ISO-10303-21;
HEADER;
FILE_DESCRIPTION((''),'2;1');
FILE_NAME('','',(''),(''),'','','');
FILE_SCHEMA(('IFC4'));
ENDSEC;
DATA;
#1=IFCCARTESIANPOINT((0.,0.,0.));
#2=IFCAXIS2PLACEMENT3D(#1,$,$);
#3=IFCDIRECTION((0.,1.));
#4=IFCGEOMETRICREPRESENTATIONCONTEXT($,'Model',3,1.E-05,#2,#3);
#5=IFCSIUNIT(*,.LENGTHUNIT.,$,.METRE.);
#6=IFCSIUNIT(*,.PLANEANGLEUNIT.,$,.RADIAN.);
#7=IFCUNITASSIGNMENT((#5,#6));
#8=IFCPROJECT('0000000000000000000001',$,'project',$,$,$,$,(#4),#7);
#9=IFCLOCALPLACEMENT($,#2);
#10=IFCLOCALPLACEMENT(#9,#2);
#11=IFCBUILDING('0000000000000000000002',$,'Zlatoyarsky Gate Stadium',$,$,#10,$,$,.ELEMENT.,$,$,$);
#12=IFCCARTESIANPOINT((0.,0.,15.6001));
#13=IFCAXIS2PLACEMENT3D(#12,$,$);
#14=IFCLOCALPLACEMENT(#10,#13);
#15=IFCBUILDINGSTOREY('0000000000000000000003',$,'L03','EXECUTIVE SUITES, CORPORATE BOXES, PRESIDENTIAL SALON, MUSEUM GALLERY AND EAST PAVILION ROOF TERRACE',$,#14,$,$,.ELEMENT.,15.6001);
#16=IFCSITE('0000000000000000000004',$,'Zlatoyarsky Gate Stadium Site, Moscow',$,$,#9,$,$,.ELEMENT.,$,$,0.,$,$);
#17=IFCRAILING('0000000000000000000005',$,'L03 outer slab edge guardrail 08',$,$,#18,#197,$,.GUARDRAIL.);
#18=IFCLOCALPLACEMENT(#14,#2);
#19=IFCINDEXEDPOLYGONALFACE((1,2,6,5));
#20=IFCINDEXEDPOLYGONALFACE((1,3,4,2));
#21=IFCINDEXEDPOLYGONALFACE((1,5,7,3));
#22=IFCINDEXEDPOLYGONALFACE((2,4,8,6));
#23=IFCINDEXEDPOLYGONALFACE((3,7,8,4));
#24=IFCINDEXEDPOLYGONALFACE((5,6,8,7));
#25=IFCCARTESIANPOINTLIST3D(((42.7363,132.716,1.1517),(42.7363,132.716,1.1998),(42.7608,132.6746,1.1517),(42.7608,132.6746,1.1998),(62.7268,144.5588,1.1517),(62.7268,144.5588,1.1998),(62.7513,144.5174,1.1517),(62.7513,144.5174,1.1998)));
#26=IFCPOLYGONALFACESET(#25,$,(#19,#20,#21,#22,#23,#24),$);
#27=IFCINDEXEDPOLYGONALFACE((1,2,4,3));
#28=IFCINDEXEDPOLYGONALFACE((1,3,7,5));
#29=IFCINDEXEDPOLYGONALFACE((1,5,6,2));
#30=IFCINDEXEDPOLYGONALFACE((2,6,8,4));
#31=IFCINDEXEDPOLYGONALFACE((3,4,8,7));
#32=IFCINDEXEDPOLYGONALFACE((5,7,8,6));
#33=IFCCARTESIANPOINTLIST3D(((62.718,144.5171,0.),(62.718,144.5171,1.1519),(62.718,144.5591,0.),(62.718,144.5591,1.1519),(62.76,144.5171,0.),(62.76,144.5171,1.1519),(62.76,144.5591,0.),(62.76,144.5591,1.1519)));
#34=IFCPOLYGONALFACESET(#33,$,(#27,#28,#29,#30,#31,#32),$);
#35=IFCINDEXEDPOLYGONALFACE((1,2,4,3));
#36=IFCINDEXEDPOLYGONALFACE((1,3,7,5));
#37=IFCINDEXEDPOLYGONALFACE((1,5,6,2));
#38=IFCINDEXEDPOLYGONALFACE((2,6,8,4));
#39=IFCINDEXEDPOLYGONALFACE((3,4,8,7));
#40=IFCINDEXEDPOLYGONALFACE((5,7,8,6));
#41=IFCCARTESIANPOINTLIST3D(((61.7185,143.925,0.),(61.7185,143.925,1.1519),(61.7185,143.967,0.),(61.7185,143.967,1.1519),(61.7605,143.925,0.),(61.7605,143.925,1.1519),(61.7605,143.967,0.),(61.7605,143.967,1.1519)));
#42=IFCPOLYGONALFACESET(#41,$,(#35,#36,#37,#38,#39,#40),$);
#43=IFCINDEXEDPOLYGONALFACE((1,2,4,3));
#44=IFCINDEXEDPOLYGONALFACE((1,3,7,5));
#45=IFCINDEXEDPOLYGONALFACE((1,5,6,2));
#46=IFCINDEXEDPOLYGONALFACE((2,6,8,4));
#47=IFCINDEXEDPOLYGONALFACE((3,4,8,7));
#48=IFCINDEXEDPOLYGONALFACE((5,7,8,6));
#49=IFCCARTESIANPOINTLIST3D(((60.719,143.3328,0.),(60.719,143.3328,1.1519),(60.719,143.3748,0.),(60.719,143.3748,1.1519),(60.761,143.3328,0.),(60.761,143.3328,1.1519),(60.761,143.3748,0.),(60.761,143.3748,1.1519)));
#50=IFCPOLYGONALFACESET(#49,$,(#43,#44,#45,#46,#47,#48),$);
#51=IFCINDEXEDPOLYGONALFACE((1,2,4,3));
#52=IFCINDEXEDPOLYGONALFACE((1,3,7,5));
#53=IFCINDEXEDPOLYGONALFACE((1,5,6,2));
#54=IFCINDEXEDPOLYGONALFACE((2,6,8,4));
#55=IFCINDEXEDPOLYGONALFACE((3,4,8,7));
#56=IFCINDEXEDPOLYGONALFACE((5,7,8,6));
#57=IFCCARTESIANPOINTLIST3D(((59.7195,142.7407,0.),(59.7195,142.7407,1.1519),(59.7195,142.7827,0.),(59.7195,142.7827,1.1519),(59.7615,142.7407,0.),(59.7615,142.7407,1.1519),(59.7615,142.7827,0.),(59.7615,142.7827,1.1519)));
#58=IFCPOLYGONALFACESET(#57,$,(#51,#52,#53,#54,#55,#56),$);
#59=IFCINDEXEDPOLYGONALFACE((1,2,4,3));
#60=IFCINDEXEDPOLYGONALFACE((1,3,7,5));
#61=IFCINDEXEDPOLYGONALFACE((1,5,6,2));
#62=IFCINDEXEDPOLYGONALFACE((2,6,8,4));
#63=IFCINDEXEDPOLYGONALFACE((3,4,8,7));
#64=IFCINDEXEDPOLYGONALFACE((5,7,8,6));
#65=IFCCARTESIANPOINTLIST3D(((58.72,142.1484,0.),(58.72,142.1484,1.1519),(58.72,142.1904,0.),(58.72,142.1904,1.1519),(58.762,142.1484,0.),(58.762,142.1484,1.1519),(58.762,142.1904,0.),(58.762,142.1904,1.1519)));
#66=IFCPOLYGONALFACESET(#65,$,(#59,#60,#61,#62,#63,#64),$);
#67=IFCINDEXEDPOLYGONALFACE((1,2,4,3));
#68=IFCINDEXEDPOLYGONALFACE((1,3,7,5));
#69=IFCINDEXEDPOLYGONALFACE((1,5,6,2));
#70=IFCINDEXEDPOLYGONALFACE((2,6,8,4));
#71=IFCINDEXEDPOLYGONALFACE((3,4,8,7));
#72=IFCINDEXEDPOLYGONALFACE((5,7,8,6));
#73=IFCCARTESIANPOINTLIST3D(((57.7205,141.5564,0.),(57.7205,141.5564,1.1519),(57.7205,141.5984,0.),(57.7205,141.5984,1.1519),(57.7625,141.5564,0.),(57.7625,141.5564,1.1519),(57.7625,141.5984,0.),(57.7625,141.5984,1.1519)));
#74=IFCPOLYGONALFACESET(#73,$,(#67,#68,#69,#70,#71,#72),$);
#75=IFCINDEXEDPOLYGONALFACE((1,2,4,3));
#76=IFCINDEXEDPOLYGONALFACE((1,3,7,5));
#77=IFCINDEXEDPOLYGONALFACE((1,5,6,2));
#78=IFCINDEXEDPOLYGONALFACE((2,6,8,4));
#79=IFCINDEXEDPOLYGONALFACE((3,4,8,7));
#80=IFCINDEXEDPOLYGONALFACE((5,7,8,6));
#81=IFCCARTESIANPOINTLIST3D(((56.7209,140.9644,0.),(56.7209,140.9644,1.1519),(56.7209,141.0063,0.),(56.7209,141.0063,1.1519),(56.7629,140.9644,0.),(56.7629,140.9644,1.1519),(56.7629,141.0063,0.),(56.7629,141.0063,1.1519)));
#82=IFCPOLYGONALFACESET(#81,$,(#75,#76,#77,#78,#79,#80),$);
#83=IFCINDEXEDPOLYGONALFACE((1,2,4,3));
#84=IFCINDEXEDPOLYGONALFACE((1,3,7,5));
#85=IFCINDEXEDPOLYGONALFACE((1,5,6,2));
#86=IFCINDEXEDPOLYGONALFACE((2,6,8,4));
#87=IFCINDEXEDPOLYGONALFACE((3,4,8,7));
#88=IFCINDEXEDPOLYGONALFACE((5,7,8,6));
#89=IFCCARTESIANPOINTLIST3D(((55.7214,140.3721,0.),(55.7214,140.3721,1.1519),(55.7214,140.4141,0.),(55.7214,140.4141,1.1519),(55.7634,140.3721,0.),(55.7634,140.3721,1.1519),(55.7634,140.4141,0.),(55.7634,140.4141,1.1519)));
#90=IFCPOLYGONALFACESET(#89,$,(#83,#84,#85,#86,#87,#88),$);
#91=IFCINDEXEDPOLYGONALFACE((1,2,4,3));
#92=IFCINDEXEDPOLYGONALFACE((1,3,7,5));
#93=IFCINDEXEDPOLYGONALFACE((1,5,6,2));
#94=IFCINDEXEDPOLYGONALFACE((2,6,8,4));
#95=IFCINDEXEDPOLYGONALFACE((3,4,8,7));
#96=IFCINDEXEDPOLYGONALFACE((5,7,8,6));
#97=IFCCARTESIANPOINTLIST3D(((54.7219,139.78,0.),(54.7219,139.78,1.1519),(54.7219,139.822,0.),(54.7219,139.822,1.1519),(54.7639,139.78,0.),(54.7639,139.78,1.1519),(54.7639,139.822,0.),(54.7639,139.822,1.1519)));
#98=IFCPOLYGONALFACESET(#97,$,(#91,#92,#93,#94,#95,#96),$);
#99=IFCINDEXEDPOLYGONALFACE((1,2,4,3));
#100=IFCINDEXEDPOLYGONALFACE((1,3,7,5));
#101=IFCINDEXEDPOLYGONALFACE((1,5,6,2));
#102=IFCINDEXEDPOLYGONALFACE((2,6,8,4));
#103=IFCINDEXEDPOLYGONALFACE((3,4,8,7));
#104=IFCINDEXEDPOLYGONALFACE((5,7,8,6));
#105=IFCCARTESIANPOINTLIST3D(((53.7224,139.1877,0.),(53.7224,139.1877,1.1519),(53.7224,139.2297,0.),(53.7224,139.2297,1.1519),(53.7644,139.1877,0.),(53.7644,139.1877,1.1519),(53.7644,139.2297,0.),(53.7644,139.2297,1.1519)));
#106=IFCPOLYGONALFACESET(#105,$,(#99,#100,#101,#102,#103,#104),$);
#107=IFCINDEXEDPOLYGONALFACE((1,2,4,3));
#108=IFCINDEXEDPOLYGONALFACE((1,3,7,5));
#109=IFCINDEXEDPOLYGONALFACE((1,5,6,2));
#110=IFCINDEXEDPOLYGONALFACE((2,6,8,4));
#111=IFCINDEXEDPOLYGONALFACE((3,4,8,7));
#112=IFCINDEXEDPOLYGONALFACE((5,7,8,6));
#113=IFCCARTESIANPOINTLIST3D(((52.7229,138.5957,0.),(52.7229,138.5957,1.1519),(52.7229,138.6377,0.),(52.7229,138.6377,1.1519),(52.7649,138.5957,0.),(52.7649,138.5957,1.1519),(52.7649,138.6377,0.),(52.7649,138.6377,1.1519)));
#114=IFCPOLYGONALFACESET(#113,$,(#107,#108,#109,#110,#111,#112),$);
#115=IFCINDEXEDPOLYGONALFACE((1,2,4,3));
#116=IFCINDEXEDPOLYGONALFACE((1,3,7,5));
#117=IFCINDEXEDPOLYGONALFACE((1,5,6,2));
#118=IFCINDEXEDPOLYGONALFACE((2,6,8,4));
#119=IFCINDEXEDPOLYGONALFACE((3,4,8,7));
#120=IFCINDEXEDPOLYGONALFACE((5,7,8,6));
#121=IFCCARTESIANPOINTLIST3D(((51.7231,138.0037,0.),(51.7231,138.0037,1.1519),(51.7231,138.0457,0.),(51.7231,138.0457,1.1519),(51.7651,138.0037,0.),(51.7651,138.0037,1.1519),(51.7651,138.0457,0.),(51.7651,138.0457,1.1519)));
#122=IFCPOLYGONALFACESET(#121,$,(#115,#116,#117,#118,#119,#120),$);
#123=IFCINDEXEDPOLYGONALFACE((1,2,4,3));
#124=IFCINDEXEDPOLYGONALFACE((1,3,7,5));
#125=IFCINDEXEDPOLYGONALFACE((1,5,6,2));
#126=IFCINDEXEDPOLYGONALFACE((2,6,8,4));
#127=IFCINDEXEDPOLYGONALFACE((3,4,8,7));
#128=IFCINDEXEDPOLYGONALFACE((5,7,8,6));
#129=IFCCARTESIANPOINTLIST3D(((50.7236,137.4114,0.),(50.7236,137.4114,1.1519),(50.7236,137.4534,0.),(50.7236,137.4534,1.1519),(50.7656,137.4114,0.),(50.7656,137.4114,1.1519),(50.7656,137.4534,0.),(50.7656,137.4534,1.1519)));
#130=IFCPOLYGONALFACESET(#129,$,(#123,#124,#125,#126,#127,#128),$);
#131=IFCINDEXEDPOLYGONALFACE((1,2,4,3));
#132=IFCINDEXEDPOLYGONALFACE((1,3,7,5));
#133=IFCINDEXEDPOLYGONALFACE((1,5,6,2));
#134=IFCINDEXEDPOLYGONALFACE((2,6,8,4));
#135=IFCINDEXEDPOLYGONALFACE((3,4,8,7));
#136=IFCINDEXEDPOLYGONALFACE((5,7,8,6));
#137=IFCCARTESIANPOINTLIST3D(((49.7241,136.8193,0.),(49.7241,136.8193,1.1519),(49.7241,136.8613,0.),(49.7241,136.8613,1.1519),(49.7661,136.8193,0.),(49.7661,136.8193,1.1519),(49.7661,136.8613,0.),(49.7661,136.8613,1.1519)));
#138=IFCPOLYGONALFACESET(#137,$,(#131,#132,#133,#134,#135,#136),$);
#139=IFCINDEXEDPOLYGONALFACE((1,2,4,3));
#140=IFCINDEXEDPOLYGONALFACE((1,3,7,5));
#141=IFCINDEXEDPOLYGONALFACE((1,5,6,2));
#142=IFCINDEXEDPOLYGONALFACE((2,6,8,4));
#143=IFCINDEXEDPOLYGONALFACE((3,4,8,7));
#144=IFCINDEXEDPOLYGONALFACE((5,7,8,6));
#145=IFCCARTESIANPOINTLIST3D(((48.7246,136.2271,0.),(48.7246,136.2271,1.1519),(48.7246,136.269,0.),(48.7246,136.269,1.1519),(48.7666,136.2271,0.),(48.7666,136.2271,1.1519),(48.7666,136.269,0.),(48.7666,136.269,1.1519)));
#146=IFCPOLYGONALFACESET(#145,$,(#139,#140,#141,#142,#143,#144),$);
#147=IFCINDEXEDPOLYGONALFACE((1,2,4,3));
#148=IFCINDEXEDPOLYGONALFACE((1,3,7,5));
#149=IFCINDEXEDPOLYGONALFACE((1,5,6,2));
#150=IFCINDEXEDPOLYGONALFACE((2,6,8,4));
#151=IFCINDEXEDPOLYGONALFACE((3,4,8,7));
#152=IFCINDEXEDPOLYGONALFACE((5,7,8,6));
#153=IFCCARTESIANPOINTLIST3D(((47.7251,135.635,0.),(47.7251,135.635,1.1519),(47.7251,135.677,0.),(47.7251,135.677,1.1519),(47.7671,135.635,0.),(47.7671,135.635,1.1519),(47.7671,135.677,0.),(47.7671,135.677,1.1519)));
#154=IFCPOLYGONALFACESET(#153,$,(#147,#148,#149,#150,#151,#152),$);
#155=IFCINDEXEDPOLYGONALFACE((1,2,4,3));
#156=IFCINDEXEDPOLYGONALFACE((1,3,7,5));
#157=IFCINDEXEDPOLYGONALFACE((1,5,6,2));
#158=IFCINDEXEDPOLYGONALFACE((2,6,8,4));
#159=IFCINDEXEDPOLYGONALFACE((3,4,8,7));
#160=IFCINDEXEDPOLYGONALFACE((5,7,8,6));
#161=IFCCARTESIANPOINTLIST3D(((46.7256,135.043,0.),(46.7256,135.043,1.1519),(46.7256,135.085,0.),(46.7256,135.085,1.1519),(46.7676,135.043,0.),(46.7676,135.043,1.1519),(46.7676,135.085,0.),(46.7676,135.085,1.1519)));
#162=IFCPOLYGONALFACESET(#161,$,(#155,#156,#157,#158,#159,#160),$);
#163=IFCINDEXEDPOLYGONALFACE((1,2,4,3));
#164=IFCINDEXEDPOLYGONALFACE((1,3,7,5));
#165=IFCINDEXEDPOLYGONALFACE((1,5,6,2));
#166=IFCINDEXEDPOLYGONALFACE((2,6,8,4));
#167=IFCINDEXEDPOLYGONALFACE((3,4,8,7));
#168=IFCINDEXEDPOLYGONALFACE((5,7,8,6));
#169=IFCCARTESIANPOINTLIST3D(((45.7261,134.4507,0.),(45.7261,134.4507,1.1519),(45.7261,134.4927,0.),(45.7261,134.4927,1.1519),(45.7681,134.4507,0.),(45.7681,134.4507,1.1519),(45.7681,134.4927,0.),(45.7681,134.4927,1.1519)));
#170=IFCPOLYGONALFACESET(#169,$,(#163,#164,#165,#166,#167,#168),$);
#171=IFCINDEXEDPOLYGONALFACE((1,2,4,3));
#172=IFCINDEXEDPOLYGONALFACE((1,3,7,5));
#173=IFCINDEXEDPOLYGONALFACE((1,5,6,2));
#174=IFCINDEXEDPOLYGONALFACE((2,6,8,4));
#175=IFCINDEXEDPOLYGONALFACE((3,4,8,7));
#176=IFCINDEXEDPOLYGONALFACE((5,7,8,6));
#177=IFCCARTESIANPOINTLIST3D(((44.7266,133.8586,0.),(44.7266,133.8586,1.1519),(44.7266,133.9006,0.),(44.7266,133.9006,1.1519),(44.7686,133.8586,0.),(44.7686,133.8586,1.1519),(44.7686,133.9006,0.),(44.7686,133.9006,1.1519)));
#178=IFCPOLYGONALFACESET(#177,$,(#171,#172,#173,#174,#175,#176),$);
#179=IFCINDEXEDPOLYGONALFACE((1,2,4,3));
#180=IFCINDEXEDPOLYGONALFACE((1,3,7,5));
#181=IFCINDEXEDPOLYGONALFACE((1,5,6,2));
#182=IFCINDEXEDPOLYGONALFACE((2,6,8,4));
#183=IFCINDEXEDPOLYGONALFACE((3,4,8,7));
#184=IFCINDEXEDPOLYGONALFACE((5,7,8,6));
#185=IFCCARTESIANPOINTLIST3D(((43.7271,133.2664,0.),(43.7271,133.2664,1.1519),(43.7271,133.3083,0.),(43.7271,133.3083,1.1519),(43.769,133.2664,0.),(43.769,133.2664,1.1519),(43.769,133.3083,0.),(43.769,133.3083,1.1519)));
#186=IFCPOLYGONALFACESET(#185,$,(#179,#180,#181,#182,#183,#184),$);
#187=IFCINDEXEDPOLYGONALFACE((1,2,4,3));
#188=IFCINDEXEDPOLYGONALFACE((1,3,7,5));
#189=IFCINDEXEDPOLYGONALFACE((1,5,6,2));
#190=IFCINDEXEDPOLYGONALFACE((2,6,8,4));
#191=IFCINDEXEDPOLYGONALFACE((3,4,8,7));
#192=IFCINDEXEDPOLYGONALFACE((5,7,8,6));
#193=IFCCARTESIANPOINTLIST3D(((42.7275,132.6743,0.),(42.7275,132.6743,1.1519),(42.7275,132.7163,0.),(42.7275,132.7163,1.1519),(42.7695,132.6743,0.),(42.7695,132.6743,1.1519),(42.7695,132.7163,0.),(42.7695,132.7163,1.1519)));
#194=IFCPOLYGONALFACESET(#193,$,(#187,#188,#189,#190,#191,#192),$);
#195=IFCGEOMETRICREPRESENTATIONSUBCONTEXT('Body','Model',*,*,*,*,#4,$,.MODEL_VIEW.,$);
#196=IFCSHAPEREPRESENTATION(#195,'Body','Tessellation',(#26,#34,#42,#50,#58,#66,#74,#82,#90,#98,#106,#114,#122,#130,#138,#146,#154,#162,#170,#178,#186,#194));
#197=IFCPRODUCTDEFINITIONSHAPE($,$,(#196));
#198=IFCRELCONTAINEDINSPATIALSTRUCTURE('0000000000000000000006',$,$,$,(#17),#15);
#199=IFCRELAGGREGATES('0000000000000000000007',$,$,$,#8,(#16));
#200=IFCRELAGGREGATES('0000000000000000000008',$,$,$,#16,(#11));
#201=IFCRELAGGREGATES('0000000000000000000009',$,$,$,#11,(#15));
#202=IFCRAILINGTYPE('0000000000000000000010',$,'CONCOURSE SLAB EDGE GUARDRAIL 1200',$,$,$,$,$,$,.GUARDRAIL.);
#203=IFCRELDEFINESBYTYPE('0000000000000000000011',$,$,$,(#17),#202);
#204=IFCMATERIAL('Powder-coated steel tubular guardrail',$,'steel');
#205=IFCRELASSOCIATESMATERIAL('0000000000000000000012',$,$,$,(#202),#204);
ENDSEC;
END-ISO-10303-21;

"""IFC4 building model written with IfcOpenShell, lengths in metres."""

from ifc_helpers import new_model, si_unit, direction, frame, origin, origin_2d, place, context, subcontext, project, spatial, rectangle, extrude, material, type_object, element, save


model = new_model("IFC4")

# Units and contexts
model_context = context("Model", 3, precision=1e-05, world=origin(), true_north=direction((0.0, 1.0)))
body_context = subcontext(model_context, "Body", "Model", "MODEL_VIEW")
ifc_project = project(units=[si_unit("LENGTHUNIT", "METRE"), si_unit("PLANEANGLEUNIT", "RADIAN")], contexts=[model_context])

# Site, building, storey
site_placement = place(None, origin())
site = spatial("IfcSite", under=ifc_project, at=site_placement, Name="Zlatoyarsky Gate Stadium Site, Moscow", CompositionType="ELEMENT", RefElevation=0.0)
building_placement = place(site_placement, origin())
building = spatial("IfcBuilding", under=site, at=building_placement, Name="Zlatoyarsky Gate Stadium", CompositionType="ELEMENT")
storey_placement = place(building_placement, frame((0.0, 0.0, 15.6001)))
storey = spatial("IfcBuildingStorey", under=building, at=storey_placement, Name="L03", Description="EXECUTIVE SUITES, CORPORATE BOXES, PRESIDENTIAL SALON, MUSEUM GALLERY AND EAST PAVILION ROOF TERRACE", CompositionType="ELEMENT", Elevation=15.6001)

# Railing
ifc_material_1 = material(Name="Powder-coated steel tubular guardrail", Category="steel")
railing_type = type_object("IfcRailingType", Name="CONCOURSE SLAB EDGE GUARDRAIL 1200", PredefinedType="GUARDRAIL", material=ifc_material_1)
railing_1_placement = place(storey_placement, frame((62.739, 144.5381, 0.0)))
element("IfcRailing", 1, at=railing_1_placement, inside=storey, type_object=railing_type, Name="L03 outer slab edge guardrail 08", PredefinedType="GUARDRAIL", context=body_context, shape_type="SweptSolid", body=[
    extrude(rectangle(XDim=0.0481, YDim=0.0481, at=origin_2d()), frame((0.0, 0.0, 1.1758), z_axis=(-0.860356, -0.509693, 0.0), x_axis=(0.509693, -0.860356, 0.0)), (0.0, 0.0, 1.0), 23.2351),
    extrude(rectangle(XDim=0.042, YDim=0.042, at=origin_2d()), origin(), (0.0, 0.0, 1.0), 1.1519),
    extrude(rectangle(XDim=0.042, YDim=0.042, at=origin_2d()), frame((-0.9995, -0.592, 0.0)), (0.0, 0.0, 1.0), 1.1519),
    extrude(rectangle(XDim=0.042, YDim=0.042, at=origin_2d()), frame((-1.999, -1.1843, 0.0)), (0.0, 0.0, 1.0), 1.1519),
    extrude(rectangle(XDim=0.042, YDim=0.042, at=origin_2d()), frame((-2.9985, -1.7764, 0.0)), (0.0, 0.0, 1.0), 1.1519),
    extrude(rectangle(XDim=0.042, YDim=0.042, at=origin_2d()), frame((-3.998, -2.3687, 0.0)), (0.0, 0.0, 1.0), 1.1519),
    extrude(rectangle(XDim=0.042, YDim=0.042, at=origin_2d()), frame((-4.9976, -2.9607, 0.0)), (0.0, 0.0, 1.0), 1.1519),
    extrude(rectangle(XDim=0.042, YDim=0.042, at=origin_2d()), frame((-5.9971, -3.5527, 0.0)), (0.0, 0.0, 1.0), 1.1519),
    extrude(rectangle(XDim=0.042, YDim=0.042, at=origin_2d()), frame((-6.9966, -4.145, 0.0)), (0.0, 0.0, 1.0), 1.1519),
    extrude(rectangle(XDim=0.042, YDim=0.042, at=origin_2d()), frame((-7.9961, -4.7371, 0.0)), (0.0, 0.0, 1.0), 1.1519),
    extrude(rectangle(XDim=0.042, YDim=0.042, at=origin_2d()), frame((-8.9956, -5.3293, 0.0)), (0.0, 0.0, 1.0), 1.1519),
    extrude(rectangle(XDim=0.042, YDim=0.042, at=origin_2d()), frame((-9.9951, -5.9214, 0.0)), (0.0, 0.0, 1.0), 1.1519),
    extrude(rectangle(XDim=0.042, YDim=0.042, at=origin_2d()), frame((-10.9949, -6.5134, 0.0)), (0.0, 0.0, 1.0), 1.1519),
    extrude(rectangle(XDim=0.042, YDim=0.042, at=origin_2d()), frame((-11.9944, -7.1057, 0.0)), (0.0, 0.0, 1.0), 1.1519),
    extrude(rectangle(XDim=0.042, YDim=0.042, at=origin_2d()), frame((-12.9939, -7.6978, 0.0)), (0.0, 0.0, 1.0), 1.1519),
    extrude(rectangle(XDim=0.042, YDim=0.042, at=origin_2d()), frame((-13.9934, -8.29, 0.0)), (0.0, 0.0, 1.0), 1.1519),
    extrude(rectangle(XDim=0.042, YDim=0.042, at=origin_2d()), frame((-14.9929, -8.8821, 0.0)), (0.0, 0.0, 1.0), 1.1519),
    extrude(rectangle(XDim=0.042, YDim=0.042, at=origin_2d()), frame((-15.9924, -9.4741, 0.0)), (0.0, 0.0, 1.0), 1.1519),
    extrude(rectangle(XDim=0.042, YDim=0.042, at=origin_2d()), frame((-16.9919, -10.0664, 0.0)), (0.0, 0.0, 1.0), 1.1519),
    extrude(rectangle(XDim=0.042, YDim=0.042, at=origin_2d()), frame((-17.9915, -10.6584, 0.0)), (0.0, 0.0, 1.0), 1.1519),
    extrude(rectangle(XDim=0.042, YDim=0.042, at=origin_2d()), frame((-18.991, -11.2507, 0.0)), (0.0, 0.0, 1.0), 1.1519),
    extrude(rectangle(XDim=0.042, YDim=0.042, at=origin_2d()), frame((-19.9905, -11.8428, 0.0)), (0.0, 0.0, 1.0), 1.1519),
])

save(model, "model.ifc")
